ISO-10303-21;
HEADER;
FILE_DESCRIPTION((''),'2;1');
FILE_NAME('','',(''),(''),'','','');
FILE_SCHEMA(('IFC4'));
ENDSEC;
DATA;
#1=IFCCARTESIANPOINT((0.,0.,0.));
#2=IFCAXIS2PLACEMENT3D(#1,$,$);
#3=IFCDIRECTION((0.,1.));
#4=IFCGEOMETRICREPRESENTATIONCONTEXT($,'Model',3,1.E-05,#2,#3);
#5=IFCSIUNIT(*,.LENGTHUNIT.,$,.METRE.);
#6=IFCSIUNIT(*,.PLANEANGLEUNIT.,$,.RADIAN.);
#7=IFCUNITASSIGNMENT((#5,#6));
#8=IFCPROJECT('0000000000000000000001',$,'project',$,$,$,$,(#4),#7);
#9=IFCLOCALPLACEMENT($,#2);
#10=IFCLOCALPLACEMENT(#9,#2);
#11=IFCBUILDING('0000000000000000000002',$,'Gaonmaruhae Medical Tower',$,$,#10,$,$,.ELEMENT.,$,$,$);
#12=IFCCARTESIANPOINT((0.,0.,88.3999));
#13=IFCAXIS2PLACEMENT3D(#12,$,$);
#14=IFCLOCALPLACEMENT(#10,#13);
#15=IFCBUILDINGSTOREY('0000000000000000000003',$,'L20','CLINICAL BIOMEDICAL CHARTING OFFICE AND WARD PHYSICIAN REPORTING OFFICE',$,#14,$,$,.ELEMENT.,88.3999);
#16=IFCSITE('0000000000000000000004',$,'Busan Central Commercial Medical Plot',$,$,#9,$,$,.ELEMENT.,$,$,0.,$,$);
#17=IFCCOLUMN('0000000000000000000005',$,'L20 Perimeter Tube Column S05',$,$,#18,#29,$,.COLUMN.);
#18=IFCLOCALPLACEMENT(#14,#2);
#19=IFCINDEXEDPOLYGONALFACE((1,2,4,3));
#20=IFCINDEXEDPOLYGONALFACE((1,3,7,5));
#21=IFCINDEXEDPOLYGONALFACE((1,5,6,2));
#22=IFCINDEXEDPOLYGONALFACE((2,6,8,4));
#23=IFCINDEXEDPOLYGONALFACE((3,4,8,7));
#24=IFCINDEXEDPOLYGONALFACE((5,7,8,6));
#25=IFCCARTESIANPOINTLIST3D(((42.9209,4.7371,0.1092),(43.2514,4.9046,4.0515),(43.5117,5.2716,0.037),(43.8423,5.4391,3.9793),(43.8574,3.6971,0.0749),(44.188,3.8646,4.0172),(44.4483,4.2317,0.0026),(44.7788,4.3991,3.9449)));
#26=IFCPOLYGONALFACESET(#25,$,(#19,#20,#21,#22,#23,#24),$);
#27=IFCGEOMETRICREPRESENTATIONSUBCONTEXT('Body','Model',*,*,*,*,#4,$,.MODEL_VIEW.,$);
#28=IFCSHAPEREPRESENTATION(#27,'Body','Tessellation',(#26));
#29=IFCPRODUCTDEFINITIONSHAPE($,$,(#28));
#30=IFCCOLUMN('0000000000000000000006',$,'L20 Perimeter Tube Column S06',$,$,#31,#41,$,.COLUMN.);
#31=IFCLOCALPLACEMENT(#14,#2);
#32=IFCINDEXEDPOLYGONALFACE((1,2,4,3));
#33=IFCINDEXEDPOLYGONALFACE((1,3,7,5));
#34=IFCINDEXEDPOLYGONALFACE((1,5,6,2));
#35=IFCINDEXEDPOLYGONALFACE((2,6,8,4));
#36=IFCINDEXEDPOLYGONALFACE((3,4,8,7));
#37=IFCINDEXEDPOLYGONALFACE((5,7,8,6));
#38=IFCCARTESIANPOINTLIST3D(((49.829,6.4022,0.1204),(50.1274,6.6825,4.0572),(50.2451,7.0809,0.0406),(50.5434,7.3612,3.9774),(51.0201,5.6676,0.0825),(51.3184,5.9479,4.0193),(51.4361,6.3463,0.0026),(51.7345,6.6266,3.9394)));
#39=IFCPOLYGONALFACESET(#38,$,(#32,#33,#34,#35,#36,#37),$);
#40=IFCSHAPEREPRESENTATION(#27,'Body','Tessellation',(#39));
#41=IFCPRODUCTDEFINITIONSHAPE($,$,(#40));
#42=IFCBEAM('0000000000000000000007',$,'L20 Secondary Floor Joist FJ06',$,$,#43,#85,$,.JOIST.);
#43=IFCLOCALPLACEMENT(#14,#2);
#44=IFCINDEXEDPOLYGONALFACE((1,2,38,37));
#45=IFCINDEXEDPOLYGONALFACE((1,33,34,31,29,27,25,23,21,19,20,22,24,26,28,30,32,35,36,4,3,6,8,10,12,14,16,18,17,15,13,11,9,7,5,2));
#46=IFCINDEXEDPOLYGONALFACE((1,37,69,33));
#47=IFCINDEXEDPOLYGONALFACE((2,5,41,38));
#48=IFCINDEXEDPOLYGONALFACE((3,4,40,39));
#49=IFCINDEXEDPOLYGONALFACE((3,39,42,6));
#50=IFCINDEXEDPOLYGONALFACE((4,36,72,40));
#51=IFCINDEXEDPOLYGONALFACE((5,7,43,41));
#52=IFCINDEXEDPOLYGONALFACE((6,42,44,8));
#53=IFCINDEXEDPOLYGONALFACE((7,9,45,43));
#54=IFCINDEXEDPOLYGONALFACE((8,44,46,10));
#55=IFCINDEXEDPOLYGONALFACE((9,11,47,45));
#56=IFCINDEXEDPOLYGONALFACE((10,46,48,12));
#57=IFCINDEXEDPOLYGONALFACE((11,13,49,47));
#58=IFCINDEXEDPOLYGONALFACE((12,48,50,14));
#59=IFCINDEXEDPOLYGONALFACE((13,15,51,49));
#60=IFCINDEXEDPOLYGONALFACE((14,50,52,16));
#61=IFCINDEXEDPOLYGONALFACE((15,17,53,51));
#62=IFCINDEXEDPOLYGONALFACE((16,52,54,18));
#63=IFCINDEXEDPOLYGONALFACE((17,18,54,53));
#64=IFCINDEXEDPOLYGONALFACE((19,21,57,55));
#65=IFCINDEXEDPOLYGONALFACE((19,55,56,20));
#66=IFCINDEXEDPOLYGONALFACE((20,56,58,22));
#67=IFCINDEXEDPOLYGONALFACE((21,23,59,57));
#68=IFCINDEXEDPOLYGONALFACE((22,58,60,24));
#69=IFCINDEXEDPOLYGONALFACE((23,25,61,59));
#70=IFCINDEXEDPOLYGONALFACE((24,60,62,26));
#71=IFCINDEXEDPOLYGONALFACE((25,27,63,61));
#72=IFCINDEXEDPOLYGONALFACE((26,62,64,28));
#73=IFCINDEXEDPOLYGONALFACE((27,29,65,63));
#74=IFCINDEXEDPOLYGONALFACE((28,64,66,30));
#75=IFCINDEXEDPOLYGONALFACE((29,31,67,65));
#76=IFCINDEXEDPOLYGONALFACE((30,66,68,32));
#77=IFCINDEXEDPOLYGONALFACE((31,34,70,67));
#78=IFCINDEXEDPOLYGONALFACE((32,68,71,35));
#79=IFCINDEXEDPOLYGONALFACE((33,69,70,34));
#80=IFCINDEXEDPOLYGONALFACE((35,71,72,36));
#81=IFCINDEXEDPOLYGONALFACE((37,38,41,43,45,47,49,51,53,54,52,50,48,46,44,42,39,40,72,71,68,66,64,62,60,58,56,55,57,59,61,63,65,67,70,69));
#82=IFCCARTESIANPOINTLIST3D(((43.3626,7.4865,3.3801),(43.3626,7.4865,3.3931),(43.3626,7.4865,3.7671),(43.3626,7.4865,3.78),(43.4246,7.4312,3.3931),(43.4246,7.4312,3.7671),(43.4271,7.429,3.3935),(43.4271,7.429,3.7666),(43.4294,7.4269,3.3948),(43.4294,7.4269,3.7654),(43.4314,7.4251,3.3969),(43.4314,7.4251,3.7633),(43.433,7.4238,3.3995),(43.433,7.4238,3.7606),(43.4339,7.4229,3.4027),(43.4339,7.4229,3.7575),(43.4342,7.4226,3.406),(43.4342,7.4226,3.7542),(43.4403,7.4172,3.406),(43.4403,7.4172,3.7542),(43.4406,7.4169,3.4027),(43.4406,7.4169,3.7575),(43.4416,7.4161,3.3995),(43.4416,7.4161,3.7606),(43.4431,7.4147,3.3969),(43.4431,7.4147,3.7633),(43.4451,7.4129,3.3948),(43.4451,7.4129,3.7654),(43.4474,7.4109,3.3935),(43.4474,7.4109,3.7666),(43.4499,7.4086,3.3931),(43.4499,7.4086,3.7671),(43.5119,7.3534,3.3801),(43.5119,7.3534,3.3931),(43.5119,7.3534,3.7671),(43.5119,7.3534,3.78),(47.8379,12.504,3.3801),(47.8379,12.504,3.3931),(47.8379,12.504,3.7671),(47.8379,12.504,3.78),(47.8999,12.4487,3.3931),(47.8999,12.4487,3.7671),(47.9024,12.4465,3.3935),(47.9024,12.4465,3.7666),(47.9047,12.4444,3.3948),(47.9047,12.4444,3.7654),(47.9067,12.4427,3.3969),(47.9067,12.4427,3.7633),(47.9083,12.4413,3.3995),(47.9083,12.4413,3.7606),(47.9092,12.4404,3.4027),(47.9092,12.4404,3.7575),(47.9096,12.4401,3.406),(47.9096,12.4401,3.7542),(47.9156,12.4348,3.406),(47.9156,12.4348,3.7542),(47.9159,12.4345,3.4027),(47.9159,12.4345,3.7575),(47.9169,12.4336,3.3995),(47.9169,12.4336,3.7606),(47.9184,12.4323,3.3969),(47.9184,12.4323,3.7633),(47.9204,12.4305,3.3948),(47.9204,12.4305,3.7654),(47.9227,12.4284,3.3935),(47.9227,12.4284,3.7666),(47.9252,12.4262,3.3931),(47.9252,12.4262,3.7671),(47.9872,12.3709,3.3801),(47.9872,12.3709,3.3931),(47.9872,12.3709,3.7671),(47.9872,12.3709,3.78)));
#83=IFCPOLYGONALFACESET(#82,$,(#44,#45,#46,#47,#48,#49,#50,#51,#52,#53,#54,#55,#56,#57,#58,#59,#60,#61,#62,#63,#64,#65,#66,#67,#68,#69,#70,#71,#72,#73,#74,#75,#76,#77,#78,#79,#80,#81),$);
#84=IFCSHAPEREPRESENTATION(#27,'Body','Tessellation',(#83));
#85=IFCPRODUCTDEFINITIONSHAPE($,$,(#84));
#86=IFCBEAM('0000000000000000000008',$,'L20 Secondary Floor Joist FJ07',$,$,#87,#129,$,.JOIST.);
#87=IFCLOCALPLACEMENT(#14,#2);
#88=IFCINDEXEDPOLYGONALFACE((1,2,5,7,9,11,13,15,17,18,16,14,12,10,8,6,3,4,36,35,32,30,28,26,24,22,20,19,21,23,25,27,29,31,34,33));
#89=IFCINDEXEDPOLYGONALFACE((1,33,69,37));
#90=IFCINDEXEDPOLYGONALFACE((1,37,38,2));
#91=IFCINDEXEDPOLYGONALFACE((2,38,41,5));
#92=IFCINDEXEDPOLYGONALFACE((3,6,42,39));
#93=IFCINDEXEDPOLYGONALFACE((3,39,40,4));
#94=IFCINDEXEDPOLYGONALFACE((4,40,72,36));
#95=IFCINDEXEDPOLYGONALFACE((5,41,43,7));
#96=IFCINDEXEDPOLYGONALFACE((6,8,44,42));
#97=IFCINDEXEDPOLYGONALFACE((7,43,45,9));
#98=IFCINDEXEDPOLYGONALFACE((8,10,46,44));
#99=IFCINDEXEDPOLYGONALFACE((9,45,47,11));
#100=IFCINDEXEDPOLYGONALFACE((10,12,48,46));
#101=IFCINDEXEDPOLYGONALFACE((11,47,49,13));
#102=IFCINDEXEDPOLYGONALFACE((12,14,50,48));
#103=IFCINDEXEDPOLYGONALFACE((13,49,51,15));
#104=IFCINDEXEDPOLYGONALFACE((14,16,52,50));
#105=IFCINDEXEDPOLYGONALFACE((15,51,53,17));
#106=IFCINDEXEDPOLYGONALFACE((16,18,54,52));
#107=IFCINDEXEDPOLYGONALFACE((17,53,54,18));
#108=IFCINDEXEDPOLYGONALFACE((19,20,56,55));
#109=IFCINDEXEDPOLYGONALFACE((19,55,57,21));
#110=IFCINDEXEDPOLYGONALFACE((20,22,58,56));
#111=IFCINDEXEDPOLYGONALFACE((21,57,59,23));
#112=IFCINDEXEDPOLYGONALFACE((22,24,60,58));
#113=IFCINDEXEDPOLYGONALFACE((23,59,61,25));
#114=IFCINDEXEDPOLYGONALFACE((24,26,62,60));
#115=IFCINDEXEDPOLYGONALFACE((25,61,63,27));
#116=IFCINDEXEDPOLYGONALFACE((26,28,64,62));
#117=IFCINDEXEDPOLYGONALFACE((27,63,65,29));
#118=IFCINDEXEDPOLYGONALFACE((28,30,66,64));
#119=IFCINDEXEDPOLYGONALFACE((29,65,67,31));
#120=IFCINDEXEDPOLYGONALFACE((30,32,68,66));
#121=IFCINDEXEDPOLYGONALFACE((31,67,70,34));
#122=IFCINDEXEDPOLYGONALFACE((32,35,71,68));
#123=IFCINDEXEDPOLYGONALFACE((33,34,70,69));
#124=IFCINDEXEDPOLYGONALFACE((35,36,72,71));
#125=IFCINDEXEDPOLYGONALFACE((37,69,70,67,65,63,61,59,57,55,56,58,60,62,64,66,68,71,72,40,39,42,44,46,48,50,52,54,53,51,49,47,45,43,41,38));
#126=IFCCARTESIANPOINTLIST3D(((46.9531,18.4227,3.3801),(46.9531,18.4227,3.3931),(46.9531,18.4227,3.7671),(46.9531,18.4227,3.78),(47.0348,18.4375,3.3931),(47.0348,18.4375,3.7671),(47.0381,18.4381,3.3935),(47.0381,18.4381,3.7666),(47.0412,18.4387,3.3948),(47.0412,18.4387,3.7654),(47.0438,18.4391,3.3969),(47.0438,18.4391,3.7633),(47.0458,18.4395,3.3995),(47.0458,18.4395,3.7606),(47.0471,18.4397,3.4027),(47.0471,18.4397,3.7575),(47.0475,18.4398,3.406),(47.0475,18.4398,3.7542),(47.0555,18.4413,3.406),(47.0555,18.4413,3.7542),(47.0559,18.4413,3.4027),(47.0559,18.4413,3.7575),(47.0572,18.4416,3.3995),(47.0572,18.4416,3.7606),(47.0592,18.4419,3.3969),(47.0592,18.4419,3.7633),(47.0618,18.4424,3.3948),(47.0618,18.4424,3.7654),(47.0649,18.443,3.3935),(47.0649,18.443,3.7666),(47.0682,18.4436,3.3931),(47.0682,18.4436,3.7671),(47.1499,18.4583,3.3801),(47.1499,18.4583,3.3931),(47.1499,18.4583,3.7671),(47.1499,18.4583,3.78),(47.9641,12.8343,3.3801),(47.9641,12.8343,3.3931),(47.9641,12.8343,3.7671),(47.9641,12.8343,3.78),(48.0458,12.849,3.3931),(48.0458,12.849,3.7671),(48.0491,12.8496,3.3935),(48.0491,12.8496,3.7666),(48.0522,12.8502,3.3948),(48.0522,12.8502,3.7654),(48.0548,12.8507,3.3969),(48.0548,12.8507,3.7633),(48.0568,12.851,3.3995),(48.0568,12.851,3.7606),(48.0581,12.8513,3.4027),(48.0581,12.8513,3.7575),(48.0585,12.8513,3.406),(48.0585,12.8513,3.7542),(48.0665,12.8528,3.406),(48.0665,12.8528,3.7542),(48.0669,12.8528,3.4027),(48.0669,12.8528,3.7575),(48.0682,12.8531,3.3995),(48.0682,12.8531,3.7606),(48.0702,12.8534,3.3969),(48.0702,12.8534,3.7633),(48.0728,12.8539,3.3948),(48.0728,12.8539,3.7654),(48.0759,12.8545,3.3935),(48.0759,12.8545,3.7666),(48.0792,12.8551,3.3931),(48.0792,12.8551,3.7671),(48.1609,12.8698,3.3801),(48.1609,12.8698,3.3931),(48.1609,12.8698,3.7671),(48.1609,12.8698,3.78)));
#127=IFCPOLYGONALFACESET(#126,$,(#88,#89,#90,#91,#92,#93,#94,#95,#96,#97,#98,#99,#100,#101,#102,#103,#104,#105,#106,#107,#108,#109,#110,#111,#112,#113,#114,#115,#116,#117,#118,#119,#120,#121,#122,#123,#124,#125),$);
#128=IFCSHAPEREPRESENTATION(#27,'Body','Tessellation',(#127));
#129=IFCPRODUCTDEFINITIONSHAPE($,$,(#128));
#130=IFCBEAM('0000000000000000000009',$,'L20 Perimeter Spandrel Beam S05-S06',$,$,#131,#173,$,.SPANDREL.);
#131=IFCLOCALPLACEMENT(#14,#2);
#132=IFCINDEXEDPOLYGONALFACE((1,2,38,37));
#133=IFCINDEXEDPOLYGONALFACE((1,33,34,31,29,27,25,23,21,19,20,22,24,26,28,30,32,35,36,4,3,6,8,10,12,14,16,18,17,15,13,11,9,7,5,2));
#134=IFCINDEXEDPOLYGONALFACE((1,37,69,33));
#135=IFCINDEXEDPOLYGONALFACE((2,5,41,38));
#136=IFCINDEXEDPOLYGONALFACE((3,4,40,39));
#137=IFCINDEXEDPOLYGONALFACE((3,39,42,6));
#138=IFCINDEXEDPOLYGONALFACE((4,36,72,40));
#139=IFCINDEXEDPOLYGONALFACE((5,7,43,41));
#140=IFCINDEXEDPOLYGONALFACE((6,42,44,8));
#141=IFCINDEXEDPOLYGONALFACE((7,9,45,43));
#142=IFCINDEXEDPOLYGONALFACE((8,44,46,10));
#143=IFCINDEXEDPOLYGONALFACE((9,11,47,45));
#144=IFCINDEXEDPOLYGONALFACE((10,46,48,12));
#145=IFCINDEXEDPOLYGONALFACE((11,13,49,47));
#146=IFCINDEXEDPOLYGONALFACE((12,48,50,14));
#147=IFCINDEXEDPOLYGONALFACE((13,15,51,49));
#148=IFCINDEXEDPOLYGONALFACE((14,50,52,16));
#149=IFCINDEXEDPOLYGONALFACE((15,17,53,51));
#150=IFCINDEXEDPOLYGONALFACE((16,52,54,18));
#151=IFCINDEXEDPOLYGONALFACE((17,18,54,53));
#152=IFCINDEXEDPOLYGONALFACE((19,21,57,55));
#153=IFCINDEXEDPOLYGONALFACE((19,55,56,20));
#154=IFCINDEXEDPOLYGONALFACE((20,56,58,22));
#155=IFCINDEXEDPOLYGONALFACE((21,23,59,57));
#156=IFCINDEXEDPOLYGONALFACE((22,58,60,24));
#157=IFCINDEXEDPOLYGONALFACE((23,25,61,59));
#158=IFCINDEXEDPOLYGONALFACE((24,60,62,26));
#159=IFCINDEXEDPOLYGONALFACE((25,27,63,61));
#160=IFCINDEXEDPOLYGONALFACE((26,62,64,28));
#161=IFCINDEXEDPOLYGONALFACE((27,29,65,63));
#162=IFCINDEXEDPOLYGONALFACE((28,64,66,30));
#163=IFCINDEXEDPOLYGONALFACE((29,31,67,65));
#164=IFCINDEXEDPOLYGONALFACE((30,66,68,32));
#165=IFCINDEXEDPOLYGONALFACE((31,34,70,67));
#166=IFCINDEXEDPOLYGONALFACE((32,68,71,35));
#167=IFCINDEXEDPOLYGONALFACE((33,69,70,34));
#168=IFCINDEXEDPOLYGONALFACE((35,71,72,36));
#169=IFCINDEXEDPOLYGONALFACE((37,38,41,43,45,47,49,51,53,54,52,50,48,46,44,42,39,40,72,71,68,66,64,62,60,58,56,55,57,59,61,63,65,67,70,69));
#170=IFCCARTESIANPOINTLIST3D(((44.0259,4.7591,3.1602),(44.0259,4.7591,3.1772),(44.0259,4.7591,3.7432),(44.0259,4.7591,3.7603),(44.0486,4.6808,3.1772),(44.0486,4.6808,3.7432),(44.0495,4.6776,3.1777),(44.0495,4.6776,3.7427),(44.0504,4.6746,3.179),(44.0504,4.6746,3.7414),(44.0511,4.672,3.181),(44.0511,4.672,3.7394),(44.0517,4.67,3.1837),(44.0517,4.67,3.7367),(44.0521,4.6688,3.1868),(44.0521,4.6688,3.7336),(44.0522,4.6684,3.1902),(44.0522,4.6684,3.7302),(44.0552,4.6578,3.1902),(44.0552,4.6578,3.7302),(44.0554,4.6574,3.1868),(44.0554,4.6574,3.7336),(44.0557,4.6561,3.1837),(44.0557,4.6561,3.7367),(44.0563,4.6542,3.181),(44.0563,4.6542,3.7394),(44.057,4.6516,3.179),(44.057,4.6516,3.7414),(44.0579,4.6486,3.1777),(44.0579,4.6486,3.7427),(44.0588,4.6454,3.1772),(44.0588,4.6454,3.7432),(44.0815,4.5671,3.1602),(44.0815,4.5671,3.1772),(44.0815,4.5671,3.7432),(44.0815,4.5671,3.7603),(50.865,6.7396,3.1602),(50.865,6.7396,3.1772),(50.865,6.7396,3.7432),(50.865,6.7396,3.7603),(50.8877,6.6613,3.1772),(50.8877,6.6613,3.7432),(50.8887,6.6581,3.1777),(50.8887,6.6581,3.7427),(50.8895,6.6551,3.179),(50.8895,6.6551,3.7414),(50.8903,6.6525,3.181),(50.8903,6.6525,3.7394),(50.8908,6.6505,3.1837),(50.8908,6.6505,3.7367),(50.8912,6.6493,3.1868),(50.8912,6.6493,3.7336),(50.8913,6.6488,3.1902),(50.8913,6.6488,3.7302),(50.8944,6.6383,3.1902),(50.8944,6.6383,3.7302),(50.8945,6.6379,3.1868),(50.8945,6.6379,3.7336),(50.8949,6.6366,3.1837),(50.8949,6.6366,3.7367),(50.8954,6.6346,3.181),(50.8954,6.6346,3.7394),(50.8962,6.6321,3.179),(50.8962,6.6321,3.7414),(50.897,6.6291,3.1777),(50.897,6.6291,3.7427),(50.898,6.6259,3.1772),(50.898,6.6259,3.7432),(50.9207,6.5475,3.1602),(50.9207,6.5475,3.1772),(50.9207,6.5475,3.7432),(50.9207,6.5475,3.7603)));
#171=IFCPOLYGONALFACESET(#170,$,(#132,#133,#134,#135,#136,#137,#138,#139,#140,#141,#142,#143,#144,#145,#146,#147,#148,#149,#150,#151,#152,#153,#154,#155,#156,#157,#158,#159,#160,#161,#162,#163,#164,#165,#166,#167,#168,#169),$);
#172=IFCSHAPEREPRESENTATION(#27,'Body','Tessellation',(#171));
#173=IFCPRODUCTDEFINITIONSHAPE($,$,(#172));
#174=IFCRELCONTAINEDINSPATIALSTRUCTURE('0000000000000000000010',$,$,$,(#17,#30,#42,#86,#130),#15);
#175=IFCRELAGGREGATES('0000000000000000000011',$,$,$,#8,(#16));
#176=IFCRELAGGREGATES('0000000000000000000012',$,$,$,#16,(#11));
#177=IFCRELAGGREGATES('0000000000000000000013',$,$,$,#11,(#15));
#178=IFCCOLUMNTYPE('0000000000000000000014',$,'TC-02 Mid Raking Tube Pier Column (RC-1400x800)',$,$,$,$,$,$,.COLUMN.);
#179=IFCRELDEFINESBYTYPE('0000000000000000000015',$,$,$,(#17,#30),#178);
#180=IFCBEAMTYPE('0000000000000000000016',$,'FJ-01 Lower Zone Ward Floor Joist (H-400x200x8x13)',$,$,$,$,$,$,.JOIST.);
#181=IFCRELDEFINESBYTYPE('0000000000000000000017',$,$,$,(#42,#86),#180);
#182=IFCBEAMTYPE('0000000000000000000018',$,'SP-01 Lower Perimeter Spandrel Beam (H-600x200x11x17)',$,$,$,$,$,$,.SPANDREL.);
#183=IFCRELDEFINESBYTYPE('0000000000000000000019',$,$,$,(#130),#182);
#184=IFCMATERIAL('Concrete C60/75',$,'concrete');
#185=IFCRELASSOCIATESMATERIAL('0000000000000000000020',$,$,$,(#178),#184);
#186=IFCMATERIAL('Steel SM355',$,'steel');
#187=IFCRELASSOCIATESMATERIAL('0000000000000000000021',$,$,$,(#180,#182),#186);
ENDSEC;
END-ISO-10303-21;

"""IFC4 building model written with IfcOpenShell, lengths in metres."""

from ifc_helpers import new_model, si_unit, direction, frame, origin, origin_2d, place, context, subcontext, project, spatial, rectangle, i_section, extrude, material, material_profile, profile_set, type_object, element, save


model = new_model("IFC4")

# Units and contexts
model_context = context("Model", 3, precision=1e-05, world=origin(), true_north=direction((0.0, 1.0)))
body_context = subcontext(model_context, "Body", "Model", "MODEL_VIEW")
ifc_project = project(units=[si_unit("LENGTHUNIT", "METRE"), si_unit("PLANEANGLEUNIT", "RADIAN")], contexts=[model_context])

# Site, building, storey
site_placement = place(None, origin())
site = spatial("IfcSite", under=ifc_project, at=site_placement, Name="Busan Central Commercial Medical Plot", CompositionType="ELEMENT", RefElevation=0.0)
building_placement = place(site_placement, origin())
building = spatial("IfcBuilding", under=site, at=building_placement, Name="Gaonmaruhae Medical Tower", CompositionType="ELEMENT")
storey_placement = place(building_placement, frame((0.0, 0.0, 88.3999)))
storey = spatial("IfcBuildingStorey", under=building, at=storey_placement, Name="L20", Description="CLINICAL BIOMEDICAL CHARTING OFFICE AND WARD PHYSICIAN REPORTING OFFICE", CompositionType="ELEMENT", Elevation=88.3999)

# Columns
ifc_material_1 = material(Name="Concrete C60/75", Category="concrete")
ifc_material_profile_1 = material_profile(ifc_material_1, rectangle(XDim=1.3999, YDim=0.8, at=origin_2d()), Name="RC-1400x800")
ifc_profile_set_1 = profile_set([ifc_material_profile_1], Name="Concrete C60/75")
column_type = type_object("IfcColumnType", Name="TC-02 Mid Raking Tube Pier Column (RC-1400x800)", PredefinedType="COLUMN", material=ifc_profile_set_1)
column_1_placement = place(storey_placement, frame((43.6846, 4.4844, 0.0559), z_axis=(0.083481, 0.042296, 0.995611), x_axis=(-0.668998, 0.74286, 0.024537)))
element("IfcColumn", 1, at=column_1_placement, inside=storey, type_object=column_type, Name="L20 Perimeter Tube Column S05", PredefinedType="COLUMN", context=body_context, shape_type="SweptSolid", body=[
    extrude(rectangle(XDim=1.3999, YDim=0.8, at=origin_2d()), origin(), (0.0, 0.0, 1.0), 3.9597),
])
column_2_placement = place(storey_placement, frame((50.6326, 6.3743, 0.0615), z_axis=(0.075377, 0.070812, 0.994638), x_axis=(-0.850808, 0.524776, 0.027116)))
element("IfcColumn", 2, at=column_2_placement, inside=storey, type_object=column_type, Name="L20 Perimeter Tube Column S06", PredefinedType="COLUMN", context=body_context, shape_type="SweptSolid", body=[
    extrude(rectangle(XDim=1.3999, YDim=0.8, at=origin_2d()), origin(), (0.0, 0.0, 1.0), 3.958),
])

# Beams
ifc_material_2 = material(Name="Steel SM355", Category="steel")
ifc_material_profile_2 = material_profile(ifc_material_2, i_section(OverallWidth=0.2, OverallDepth=0.3999, WebThickness=0.0081, FlangeThickness=0.0129, FilletRadius=0.0129, at=origin_2d()), Name="H-400x200x8x13")
ifc_profile_set_2 = profile_set([ifc_material_profile_2], Name="Steel SM355")
beam_type_1 = type_object("IfcBeamType", Name="FJ-01 Lower Zone Ward Floor Joist (H-400x200x8x13)", PredefinedType="JOIST", material=ifc_profile_set_2)
beam_1_placement = place(storey_placement, frame((43.4373, 7.4199, 3.5801), z_axis=(0.665632, 0.74628, 0.0), x_axis=(-0.74628, 0.665632, 0.0)))
element("IfcBeam", 3, at=beam_1_placement, inside=storey, type_object=beam_type_1, Name="L20 Secondary Floor Joist FJ06", PredefinedType="JOIST", context=body_context, shape_type="SweptSolid", body=[
    extrude(i_section(OverallWidth=0.2, OverallDepth=0.3999, WebThickness=0.0081, FlangeThickness=0.0129, FilletRadius=0.0129, at=origin_2d()), origin(), (0.0, 0.0, 1.0), 6.7234),
])
beam_2_placement = place(storey_placement, frame((48.0625, 12.8521, 3.5801), z_axis=(-0.178019, 0.984027, 0.0), x_axis=(-0.984027, -0.178019, 0.0)))
element("IfcBeam", 4, at=beam_2_placement, inside=storey, type_object=beam_type_1, Name="L20 Secondary Floor Joist FJ07", PredefinedType="JOIST", context=body_context, shape_type="SweptSolid", body=[
    extrude(i_section(OverallWidth=0.2, OverallDepth=0.3999, WebThickness=0.0081, FlangeThickness=0.0129, FilletRadius=0.0129, at=origin_2d()), origin(), (0.0, 0.0, 1.0), 5.6792),
])
ifc_material_profile_3 = material_profile(ifc_material_2, i_section(OverallWidth=0.2, OverallDepth=0.6001, WebThickness=0.011, FlangeThickness=0.0171, FilletRadius=0.0129, at=origin_2d()), Name="H-600x200x11x17")
ifc_profile_set_3 = profile_set([ifc_material_profile_3], Name="Steel SM355")
beam_type_2 = type_object("IfcBeamType", Name="SP-01 Lower Perimeter Spandrel Beam (H-600x200x11x17)", PredefinedType="SPANDREL", material=ifc_profile_set_3)
for number, where, z_axis, x_axis, name in (
    (5, (44.0537, 4.6631, 3.4602), (0.960537, 0.278152, 0.0), (-0.278152, 0.960537, 0.0), "L20 Perimeter Spandrel Beam S05-S06"),
):
    element("IfcBeam", number, at=place(storey_placement, frame(where, z_axis=z_axis, x_axis=x_axis)), inside=storey, type_object=beam_type_2, Name=name, PredefinedType="SPANDREL", context=body_context, shape_type="SweptSolid", body=[
        extrude(i_section(OverallWidth=0.2, OverallDepth=0.6001, WebThickness=0.011, FlangeThickness=0.0171, FilletRadius=0.0129, at=origin_2d()), origin(), (0.0, 0.0, 1.0), 7.1201),
    ])

save(model, "model.ifc")
